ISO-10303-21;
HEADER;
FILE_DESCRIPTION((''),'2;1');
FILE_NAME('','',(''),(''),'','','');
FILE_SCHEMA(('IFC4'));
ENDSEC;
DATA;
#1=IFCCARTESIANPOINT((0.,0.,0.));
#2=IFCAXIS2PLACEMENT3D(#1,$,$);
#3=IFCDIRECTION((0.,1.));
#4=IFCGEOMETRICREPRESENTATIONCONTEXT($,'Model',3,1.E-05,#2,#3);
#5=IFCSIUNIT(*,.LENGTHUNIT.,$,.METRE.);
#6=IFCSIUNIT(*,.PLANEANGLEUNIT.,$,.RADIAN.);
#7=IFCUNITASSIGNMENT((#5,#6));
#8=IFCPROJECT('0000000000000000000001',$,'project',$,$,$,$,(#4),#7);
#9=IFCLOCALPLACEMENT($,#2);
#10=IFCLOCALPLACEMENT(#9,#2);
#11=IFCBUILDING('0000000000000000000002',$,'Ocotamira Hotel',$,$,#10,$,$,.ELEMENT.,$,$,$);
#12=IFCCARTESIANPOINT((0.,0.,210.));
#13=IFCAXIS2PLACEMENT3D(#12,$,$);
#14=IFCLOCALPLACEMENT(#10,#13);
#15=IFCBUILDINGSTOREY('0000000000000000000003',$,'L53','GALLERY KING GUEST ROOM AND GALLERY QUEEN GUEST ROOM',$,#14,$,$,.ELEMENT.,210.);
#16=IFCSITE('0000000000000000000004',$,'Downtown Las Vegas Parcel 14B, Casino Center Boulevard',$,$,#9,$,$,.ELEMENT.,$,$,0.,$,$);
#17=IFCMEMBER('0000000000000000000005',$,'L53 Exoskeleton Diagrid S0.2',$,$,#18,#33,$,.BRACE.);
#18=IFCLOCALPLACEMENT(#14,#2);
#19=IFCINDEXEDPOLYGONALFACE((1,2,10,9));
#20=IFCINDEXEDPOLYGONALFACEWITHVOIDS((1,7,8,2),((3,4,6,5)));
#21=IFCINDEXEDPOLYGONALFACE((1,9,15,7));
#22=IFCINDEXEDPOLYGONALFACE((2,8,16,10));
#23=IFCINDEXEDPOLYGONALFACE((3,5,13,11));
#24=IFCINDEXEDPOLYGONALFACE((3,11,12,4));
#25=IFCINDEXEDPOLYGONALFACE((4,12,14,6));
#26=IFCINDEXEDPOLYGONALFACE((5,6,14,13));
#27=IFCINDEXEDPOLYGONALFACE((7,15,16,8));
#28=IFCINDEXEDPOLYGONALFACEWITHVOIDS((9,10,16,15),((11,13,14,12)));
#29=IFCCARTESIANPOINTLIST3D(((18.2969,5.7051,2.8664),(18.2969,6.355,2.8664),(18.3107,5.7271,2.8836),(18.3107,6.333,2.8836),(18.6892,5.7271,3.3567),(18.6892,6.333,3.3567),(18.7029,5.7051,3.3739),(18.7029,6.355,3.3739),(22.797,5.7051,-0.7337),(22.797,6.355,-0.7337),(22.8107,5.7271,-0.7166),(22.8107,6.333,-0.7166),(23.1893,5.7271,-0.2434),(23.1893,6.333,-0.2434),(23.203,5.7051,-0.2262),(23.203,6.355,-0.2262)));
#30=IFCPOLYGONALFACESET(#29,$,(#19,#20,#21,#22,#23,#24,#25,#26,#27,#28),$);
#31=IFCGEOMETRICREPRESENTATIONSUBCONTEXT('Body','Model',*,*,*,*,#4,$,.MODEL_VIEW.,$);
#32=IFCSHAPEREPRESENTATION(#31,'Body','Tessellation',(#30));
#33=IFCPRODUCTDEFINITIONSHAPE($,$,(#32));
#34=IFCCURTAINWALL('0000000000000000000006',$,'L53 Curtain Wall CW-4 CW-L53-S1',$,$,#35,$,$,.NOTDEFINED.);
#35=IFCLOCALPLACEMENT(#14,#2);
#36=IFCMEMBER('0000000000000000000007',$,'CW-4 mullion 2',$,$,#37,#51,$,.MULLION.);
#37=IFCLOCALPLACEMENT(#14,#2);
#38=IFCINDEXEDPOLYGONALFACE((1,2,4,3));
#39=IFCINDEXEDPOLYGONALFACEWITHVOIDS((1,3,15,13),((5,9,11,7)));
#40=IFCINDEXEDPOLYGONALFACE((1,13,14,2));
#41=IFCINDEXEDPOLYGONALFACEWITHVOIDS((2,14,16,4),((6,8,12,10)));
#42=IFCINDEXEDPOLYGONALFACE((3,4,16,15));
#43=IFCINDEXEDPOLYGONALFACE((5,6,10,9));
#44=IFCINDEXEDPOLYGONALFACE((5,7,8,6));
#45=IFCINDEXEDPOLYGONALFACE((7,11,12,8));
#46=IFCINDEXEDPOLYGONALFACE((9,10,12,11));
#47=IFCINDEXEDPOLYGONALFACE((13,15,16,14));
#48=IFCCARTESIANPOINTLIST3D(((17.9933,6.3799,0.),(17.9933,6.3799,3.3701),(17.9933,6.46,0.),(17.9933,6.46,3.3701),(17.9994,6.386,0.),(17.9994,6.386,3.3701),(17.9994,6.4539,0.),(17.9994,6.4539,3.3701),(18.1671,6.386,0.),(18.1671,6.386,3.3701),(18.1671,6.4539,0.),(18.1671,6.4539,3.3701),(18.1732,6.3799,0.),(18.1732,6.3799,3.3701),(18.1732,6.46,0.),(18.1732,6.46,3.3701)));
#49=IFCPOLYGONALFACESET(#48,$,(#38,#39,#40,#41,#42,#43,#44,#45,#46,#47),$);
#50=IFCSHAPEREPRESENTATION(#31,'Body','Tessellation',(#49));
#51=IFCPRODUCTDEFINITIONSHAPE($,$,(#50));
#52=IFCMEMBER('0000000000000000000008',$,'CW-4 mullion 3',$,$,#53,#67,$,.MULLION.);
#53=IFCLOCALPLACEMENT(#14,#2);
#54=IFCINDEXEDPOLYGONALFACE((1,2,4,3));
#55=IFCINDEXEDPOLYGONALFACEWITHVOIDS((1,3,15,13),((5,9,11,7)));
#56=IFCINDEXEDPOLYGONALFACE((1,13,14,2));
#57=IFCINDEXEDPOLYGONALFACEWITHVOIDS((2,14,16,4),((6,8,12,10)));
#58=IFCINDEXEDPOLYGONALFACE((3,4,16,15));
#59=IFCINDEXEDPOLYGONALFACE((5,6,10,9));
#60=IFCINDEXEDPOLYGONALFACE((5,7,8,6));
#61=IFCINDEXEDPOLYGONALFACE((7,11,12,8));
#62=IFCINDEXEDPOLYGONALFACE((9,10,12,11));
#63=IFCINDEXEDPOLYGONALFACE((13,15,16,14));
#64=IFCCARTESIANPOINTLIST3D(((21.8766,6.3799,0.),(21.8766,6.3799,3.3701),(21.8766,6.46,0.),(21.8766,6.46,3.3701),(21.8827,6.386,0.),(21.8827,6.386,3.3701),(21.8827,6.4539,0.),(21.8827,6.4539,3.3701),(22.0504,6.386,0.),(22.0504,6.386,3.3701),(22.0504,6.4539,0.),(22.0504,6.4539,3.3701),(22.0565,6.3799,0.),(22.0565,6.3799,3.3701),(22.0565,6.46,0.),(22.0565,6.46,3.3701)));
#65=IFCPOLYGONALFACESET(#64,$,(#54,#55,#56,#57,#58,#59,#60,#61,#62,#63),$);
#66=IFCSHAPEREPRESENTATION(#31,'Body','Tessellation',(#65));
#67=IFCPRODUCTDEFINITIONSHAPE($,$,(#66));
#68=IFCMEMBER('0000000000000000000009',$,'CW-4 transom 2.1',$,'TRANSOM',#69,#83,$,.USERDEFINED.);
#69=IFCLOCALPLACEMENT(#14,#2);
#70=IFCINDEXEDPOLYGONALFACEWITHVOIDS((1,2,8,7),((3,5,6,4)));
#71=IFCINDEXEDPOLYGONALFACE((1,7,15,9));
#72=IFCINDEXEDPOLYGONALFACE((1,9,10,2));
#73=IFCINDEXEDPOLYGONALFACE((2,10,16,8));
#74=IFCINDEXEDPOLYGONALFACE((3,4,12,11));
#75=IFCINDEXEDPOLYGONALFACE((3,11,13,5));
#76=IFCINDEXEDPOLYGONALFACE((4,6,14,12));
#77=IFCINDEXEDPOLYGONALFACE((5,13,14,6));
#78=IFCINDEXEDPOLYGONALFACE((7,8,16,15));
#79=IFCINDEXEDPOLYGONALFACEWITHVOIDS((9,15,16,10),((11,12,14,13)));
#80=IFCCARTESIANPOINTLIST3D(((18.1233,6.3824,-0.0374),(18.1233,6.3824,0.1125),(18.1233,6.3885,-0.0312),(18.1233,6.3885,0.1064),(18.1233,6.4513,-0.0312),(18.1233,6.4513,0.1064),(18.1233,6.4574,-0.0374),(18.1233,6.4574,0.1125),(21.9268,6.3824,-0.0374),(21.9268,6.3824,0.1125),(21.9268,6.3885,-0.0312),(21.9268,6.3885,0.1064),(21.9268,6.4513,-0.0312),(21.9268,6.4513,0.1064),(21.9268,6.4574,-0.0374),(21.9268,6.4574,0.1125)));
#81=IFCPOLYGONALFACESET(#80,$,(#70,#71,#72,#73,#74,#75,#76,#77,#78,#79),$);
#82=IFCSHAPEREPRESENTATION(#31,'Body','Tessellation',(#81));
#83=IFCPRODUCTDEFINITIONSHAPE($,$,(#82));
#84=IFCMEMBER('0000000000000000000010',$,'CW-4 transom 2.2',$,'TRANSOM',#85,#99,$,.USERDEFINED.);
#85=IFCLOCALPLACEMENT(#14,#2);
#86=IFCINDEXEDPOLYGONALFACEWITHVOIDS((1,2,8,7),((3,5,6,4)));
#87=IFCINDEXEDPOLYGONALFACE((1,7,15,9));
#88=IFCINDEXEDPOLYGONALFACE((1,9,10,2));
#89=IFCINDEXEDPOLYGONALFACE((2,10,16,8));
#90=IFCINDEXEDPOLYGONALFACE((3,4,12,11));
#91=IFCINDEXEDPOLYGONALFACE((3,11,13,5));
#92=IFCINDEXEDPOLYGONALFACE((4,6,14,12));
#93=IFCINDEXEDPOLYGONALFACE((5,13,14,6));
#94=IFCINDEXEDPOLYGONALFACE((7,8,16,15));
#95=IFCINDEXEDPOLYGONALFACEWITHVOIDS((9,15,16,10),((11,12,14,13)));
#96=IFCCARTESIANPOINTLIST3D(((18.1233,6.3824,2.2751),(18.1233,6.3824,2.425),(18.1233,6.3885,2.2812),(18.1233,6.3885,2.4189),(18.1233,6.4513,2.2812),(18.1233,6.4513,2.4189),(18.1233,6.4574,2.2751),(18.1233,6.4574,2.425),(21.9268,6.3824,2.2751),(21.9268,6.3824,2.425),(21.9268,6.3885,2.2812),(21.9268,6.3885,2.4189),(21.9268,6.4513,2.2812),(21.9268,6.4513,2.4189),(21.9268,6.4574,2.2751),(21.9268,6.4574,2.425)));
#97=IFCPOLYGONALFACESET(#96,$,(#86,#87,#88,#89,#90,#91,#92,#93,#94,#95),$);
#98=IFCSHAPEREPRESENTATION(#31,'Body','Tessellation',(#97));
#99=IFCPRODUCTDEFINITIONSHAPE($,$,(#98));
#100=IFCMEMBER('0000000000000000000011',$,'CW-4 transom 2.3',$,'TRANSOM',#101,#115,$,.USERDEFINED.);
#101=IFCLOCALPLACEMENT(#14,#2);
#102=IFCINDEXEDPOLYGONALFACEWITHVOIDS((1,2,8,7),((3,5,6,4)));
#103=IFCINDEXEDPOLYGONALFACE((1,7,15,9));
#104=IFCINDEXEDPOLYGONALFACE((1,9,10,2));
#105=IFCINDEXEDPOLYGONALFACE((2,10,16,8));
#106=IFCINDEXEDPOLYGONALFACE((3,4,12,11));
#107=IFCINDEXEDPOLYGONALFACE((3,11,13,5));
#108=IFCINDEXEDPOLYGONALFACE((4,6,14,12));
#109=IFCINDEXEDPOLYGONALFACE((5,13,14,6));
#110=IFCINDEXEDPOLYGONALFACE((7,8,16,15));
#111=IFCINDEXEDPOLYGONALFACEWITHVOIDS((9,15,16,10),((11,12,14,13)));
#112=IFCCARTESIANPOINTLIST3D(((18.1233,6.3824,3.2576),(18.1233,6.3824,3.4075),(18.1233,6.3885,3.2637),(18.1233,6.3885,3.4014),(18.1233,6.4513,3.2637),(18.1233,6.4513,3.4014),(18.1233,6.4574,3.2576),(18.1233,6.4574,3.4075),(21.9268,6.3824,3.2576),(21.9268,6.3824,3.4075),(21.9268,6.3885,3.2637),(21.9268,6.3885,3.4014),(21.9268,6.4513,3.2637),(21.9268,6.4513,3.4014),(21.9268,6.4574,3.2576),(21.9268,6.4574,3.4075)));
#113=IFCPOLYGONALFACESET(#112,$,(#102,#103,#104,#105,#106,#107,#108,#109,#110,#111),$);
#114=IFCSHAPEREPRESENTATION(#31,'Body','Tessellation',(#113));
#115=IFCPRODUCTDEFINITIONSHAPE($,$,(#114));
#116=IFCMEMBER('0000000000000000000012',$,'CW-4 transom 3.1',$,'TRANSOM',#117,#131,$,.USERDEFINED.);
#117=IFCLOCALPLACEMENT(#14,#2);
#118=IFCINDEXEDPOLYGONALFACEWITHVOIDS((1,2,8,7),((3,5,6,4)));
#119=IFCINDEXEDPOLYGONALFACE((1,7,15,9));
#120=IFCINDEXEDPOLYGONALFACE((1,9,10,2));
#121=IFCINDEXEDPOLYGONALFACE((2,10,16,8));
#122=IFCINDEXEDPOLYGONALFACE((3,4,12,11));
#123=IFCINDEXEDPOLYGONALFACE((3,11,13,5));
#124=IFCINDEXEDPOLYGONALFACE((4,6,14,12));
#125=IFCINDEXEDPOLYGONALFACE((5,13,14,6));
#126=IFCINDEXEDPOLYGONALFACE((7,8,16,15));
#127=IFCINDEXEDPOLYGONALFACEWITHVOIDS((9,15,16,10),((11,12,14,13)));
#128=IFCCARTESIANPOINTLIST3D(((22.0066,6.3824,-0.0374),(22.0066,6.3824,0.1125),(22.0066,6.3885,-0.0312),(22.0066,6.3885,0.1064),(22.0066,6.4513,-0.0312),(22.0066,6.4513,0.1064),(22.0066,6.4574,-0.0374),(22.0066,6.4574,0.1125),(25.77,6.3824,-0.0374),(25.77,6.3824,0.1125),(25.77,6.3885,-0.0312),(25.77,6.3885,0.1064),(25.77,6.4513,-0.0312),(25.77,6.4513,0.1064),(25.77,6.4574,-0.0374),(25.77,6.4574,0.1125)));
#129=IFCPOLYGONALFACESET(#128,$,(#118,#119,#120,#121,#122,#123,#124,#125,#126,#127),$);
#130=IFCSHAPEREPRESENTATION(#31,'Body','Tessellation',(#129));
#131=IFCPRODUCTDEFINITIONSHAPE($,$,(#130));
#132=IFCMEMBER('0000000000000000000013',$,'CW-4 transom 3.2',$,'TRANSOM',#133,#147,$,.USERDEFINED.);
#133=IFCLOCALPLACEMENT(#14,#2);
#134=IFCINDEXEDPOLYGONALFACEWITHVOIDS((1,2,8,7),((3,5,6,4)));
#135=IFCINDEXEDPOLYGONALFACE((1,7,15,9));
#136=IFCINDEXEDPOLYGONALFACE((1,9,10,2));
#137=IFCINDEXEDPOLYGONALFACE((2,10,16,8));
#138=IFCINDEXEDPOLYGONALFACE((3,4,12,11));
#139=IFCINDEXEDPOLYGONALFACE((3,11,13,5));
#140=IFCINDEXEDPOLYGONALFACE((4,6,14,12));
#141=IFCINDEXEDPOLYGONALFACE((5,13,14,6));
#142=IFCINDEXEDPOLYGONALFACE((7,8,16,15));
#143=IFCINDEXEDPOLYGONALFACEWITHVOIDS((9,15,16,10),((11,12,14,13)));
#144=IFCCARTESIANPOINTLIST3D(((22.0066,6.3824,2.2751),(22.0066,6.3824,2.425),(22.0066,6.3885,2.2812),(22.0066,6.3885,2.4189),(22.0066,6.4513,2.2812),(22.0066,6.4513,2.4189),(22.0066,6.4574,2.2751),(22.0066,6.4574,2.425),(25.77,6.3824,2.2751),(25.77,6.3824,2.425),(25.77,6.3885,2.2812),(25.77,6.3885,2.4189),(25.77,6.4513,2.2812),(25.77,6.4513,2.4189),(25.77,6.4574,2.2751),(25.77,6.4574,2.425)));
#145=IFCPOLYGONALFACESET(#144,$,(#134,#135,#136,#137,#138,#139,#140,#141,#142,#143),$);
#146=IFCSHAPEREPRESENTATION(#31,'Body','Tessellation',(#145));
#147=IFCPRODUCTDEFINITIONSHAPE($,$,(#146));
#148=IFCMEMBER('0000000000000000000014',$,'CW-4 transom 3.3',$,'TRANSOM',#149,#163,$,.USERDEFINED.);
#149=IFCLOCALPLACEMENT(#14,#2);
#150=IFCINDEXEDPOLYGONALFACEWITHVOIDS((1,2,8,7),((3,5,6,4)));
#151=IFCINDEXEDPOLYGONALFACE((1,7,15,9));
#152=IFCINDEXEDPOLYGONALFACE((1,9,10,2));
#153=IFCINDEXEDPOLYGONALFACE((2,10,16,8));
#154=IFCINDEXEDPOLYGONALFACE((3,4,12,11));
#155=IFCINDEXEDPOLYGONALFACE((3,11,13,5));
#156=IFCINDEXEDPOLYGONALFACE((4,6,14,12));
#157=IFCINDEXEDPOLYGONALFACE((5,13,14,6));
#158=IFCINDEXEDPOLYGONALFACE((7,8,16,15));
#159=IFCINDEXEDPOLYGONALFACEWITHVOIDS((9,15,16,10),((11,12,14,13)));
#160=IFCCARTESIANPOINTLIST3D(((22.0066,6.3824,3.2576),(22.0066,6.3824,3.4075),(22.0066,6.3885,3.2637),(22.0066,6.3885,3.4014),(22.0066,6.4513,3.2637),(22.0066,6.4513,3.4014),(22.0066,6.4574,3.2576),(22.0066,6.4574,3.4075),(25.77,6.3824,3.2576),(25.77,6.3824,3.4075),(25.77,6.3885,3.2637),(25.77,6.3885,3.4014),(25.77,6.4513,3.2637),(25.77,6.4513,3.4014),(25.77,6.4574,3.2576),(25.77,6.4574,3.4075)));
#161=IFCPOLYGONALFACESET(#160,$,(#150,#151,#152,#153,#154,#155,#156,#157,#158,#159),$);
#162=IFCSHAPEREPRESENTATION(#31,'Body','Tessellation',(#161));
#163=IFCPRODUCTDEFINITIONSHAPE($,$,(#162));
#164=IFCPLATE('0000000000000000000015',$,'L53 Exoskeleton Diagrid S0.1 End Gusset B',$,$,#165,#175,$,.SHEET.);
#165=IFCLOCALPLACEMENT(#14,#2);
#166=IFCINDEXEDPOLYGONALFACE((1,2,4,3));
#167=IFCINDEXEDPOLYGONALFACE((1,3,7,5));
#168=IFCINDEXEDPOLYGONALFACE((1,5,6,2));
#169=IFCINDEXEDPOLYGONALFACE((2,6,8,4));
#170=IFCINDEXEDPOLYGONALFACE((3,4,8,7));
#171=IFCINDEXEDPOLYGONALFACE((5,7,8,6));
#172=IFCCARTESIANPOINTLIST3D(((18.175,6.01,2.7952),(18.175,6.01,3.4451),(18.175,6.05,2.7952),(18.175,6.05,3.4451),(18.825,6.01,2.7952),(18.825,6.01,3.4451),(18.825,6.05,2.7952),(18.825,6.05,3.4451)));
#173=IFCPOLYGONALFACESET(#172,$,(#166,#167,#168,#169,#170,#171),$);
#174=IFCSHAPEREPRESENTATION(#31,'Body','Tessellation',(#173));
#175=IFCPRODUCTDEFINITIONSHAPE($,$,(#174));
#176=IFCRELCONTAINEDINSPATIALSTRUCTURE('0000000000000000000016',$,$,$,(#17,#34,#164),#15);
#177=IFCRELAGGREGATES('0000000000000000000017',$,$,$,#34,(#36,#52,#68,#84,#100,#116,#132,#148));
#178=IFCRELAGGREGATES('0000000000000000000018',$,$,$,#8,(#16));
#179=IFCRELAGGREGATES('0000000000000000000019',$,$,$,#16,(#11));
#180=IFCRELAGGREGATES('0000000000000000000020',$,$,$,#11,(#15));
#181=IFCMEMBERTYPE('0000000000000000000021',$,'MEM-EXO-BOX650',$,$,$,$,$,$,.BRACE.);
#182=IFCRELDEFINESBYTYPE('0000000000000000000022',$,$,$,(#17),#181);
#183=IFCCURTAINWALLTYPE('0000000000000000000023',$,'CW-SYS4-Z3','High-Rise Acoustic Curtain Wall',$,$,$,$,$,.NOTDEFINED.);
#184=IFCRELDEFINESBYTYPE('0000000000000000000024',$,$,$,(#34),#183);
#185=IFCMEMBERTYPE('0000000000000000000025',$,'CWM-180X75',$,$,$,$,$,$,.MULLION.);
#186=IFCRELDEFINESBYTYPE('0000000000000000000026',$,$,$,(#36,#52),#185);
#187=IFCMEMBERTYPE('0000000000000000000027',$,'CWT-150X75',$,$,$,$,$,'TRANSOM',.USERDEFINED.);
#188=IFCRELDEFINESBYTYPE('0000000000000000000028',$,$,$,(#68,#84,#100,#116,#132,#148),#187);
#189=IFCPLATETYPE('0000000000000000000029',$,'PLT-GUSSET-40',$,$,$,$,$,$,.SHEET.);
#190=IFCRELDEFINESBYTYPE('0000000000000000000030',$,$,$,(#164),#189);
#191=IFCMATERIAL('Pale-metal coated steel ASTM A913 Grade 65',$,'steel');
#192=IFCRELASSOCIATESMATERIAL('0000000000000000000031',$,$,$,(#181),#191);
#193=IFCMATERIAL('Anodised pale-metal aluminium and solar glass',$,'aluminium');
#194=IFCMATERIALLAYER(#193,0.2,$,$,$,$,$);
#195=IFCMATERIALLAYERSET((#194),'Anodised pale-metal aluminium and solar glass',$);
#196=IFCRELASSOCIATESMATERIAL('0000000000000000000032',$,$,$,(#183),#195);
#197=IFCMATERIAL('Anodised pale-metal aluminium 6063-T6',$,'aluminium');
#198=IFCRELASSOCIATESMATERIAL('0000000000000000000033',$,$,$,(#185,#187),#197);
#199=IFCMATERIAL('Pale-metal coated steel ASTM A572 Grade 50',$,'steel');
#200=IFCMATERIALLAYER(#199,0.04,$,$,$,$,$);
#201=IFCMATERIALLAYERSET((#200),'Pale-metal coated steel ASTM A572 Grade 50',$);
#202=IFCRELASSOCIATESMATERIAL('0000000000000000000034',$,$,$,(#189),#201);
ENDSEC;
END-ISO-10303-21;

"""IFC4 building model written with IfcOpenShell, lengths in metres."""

from ifc_helpers import new_model, si_unit, direction, frame, origin, origin_2d, place, context, subcontext, project, spatial, rectangle, hollow_rectangle, extrude, source, transform, mapped, material, layer, layer_set, material_profile, profile_set, type_object, element, aggregate, save


model = new_model("IFC4")

# Units and contexts
model_context = context("Model", 3, precision=1e-05, world=origin(), true_north=direction((0.0, 1.0)))
body_context = subcontext(model_context, "Body", "Model", "MODEL_VIEW")
ifc_project = project(units=[si_unit("LENGTHUNIT", "METRE"), si_unit("PLANEANGLEUNIT", "RADIAN")], contexts=[model_context])

# Site, building, storey
site_placement = place(None, origin())
site = spatial("IfcSite", under=ifc_project, at=site_placement, Name="Downtown Las Vegas Parcel 14B, Casino Center Boulevard", CompositionType="ELEMENT", RefElevation=0.0)
building_placement = place(site_placement, origin())
building = spatial("IfcBuilding", under=site, at=building_placement, Name="Ocotamira Hotel", CompositionType="ELEMENT")
storey_placement = place(building_placement, frame((0.0, 0.0, 210.0)))
storey = spatial("IfcBuildingStorey", under=building, at=storey_placement, Name="L53", Description="GALLERY KING GUEST ROOM AND GALLERY QUEEN GUEST ROOM", CompositionType="ELEMENT", Elevation=210.0)

# Member
ifc_material_1 = material(Name="Pale-metal coated steel ASTM A913 Grade 65", Category="steel")
ifc_material_profile_1 = material_profile(ifc_material_1, hollow_rectangle(XDim=0.6499, YDim=0.6499, WallThickness=0.022, at=origin_2d()), Name="BOX650X650X22")
ifc_profile_set_1 = profile_set([ifc_material_profile_1], Name="Pale-metal coated steel ASTM A913 Grade 65")
member_type_1 = type_object("IfcMemberType", Name="MEM-EXO-BOX650", PredefinedType="BRACE", material=ifc_profile_set_1)
shared_shape_1 = source(origin(), body_context, "Body", "SweptSolid", [
    extrude(hollow_rectangle(XDim=0.6499, YDim=0.6499, WallThickness=0.022, at=origin_2d()), origin(), (0.0, 0.0, 1.0), 5.7629),
])
member_1_placement = place(storey_placement, frame((23.0, 6.03, -0.48), z_axis=(-0.780861, 0.0, 0.624705), x_axis=(0.0, -1.0, 0.0)))
element("IfcMember", 1, at=member_1_placement, inside=storey, type_object=member_type_1, Name="L53 Exoskeleton Diagrid S0.2", PredefinedType="BRACE", context=body_context, shape_type="MappedRepresentation", body=[
    mapped(shared_shape_1, transform((0.0, 0.0, 0.0), scale=1.0)),
])

# Curtain wall, members
ifc_material_2 = material(Name="Anodised pale-metal aluminium and solar glass", Category="aluminium")
ifc_layer_1 = layer(ifc_material_2, 0.2)
ifc_layer_set_1 = layer_set([ifc_layer_1], Name="Anodised pale-metal aluminium and solar glass")
curtain_wall_type = type_object("IfcCurtainWallType", Name="CW-SYS4-Z3", Description="High-Rise Acoustic Curtain Wall", PredefinedType="NOTDEFINED", material=ifc_layer_set_1)
curtain_wall_placement = place(storey_placement, origin())
curtain_wall = element("IfcCurtainWall", 2, at=curtain_wall_placement, inside=storey, type_object=curtain_wall_type, Name="L53 Curtain Wall CW-4 CW-L53-S1", PredefinedType="NOTDEFINED")
ifc_material_3 = material(Name="Anodised pale-metal aluminium 6063-T6", Category="aluminium")
ifc_material_profile_2 = material_profile(ifc_material_3, hollow_rectangle(XDim=0.0801, YDim=0.1799, WallThickness=0.0061, at=origin_2d()), Name="HSS180X80X6")
ifc_profile_set_2 = profile_set([ifc_material_profile_2], Name="Anodised pale-metal aluminium 6063-T6")
member_type_2 = type_object("IfcMemberType", Name="CWM-180X75", PredefinedType="MULLION", material=ifc_profile_set_2)
shared_shape_2 = source(origin(), body_context, "Body", "SweptSolid", [
    extrude(hollow_rectangle(XDim=0.0801, YDim=0.1799, WallThickness=0.0061, at=origin_2d()), origin(), (0.0, 0.0, 1.0), 3.3701),
])
member_2_placement = place(storey_placement, frame((18.0833, 6.4199, 0.0), z_axis=(0.0, 0.0, 1.0), x_axis=(0.0, 1.0, 0.0)))
member_2 = element("IfcMember", 3, at=member_2_placement, type_object=member_type_2, Name="CW-4 mullion 2", PredefinedType="MULLION", context=body_context, shape_type="MappedRepresentation", body=[
    mapped(shared_shape_2, transform((0.0, 0.0, 0.0), scale=1.0)),
])
member_3_placement = place(storey_placement, frame((21.9666, 6.4199, 0.0), z_axis=(0.0, 0.0, 1.0), x_axis=(0.0, 1.0, 0.0)))
member_3 = element("IfcMember", 4, at=member_3_placement, type_object=member_type_2, Name="CW-4 mullion 3", PredefinedType="MULLION", context=body_context, shape_type="MappedRepresentation", body=[
    mapped(shared_shape_2, transform((0.0, 0.0, 0.0), scale=1.0)),
])
ifc_material_profile_3 = material_profile(ifc_material_3, hollow_rectangle(XDim=0.075, YDim=0.1499, WallThickness=0.0061, at=origin_2d()), Name="HSS150X75X6")
ifc_profile_set_3 = profile_set([ifc_material_profile_3], Name="Anodised pale-metal aluminium 6063-T6")
member_type_3 = type_object("IfcMemberType", Name="CWT-150X75", ElementType="TRANSOM", PredefinedType="USERDEFINED", material=ifc_profile_set_3)
shared_shape_3 = source(origin(), body_context, "Body", "SweptSolid", [
    extrude(hollow_rectangle(XDim=0.075, YDim=0.1499, WallThickness=0.0061, at=origin_2d()), origin(), (0.0, 0.0, 1.0), 3.8035),
])
member_4_placement = place(storey_placement, frame((18.1233, 6.4199, 0.0376), z_axis=(1.0, 0.0, 0.0), x_axis=(0.0, 1.0, 0.0)))
member_4 = element("IfcMember", 5, at=member_4_placement, type_object=member_type_3, Name="CW-4 transom 2.1", ObjectType="TRANSOM", PredefinedType="USERDEFINED", context=body_context, shape_type="MappedRepresentation", body=[
    mapped(shared_shape_3, transform((0.0, 0.0, 0.0), scale=1.0)),
])
member_5_placement = place(storey_placement, frame((18.1233, 6.4199, 2.3501), z_axis=(1.0, 0.0, 0.0), x_axis=(0.0, 1.0, 0.0)))
member_5 = element("IfcMember", 6, at=member_5_placement, type_object=member_type_3, Name="CW-4 transom 2.2", ObjectType="TRANSOM", PredefinedType="USERDEFINED", context=body_context, shape_type="MappedRepresentation", body=[
    mapped(shared_shape_3, transform((0.0, 0.0, 0.0), scale=1.0)),
])
member_6_placement = place(storey_placement, frame((18.1233, 6.4199, 3.3325), z_axis=(1.0, 0.0, 0.0), x_axis=(0.0, 1.0, 0.0)))
member_6 = element("IfcMember", 7, at=member_6_placement, type_object=member_type_3, Name="CW-4 transom 2.3", ObjectType="TRANSOM", PredefinedType="USERDEFINED", context=body_context, shape_type="MappedRepresentation", body=[
    mapped(shared_shape_3, transform((0.0, 0.0, 0.0), scale=1.0)),
])
shared_shape_4 = source(origin(), body_context, "Body", "SweptSolid", [
    extrude(hollow_rectangle(XDim=0.075, YDim=0.1499, WallThickness=0.0061, at=origin_2d()), origin(), (0.0, 0.0, 1.0), 3.7634),
])
member_7_placement = place(storey_placement, frame((22.0066, 6.4199, 0.0376), z_axis=(1.0, 0.0, 0.0), x_axis=(0.0, 1.0, 0.0)))
member_7 = element("IfcMember", 8, at=member_7_placement, type_object=member_type_3, Name="CW-4 transom 3.1", ObjectType="TRANSOM", PredefinedType="USERDEFINED", context=body_context, shape_type="MappedRepresentation", body=[
    mapped(shared_shape_4, transform((0.0, 0.0, 0.0), scale=1.0)),
])
member_8_placement = place(storey_placement, frame((22.0066, 6.4199, 2.3501), z_axis=(1.0, 0.0, 0.0), x_axis=(0.0, 1.0, 0.0)))
member_8 = element("IfcMember", 9, at=member_8_placement, type_object=member_type_3, Name="CW-4 transom 3.2", ObjectType="TRANSOM", PredefinedType="USERDEFINED", context=body_context, shape_type="MappedRepresentation", body=[
    mapped(shared_shape_4, transform((0.0, 0.0, 0.0), scale=1.0)),
])
member_9_placement = place(storey_placement, frame((22.0066, 6.4199, 3.3325), z_axis=(1.0, 0.0, 0.0), x_axis=(0.0, 1.0, 0.0)))
member_9 = element("IfcMember", 10, at=member_9_placement, type_object=member_type_3, Name="CW-4 transom 3.3", ObjectType="TRANSOM", PredefinedType="USERDEFINED", context=body_context, shape_type="MappedRepresentation", body=[
    mapped(shared_shape_4, transform((0.0, 0.0, 0.0), scale=1.0)),
])

# Plate
ifc_material_4 = material(Name="Pale-metal coated steel ASTM A572 Grade 50", Category="steel")
ifc_layer_2 = layer(ifc_material_4, 0.04)
ifc_layer_set_2 = layer_set([ifc_layer_2], Name="Pale-metal coated steel ASTM A572 Grade 50")
plate_type_1 = type_object("IfcPlateType", Name="PLT-GUSSET-40", PredefinedType="SHEET", material=ifc_layer_set_2)
shared_shape_5 = source(origin(), body_context, "Body", "SweptSolid", [
    extrude(rectangle(XDim=0.6499, YDim=0.04, at=origin_2d()), origin(), (0.0, 0.0, 1.0), 0.6499),
])
plate_1_placement = place(storey_placement, frame((18.5, 6.03, 2.7952), z_axis=(0.0, 0.0, 1.0), x_axis=(1.0, 0.0, 0.0)))
element("IfcPlate", 11, at=plate_1_placement, inside=storey, type_object=plate_type_1, Name="L53 Exoskeleton Diagrid S0.1 End Gusset B", PredefinedType="SHEET", context=body_context, shape_type="MappedRepresentation", body=[
    mapped(shared_shape_5, transform((0.0, 0.0, 0.0), scale=1.0)),
])
aggregate(curtain_wall, [member_2, member_3, member_4, member_5, member_6, member_7, member_8, member_9])

save(model, "model.ifc")
